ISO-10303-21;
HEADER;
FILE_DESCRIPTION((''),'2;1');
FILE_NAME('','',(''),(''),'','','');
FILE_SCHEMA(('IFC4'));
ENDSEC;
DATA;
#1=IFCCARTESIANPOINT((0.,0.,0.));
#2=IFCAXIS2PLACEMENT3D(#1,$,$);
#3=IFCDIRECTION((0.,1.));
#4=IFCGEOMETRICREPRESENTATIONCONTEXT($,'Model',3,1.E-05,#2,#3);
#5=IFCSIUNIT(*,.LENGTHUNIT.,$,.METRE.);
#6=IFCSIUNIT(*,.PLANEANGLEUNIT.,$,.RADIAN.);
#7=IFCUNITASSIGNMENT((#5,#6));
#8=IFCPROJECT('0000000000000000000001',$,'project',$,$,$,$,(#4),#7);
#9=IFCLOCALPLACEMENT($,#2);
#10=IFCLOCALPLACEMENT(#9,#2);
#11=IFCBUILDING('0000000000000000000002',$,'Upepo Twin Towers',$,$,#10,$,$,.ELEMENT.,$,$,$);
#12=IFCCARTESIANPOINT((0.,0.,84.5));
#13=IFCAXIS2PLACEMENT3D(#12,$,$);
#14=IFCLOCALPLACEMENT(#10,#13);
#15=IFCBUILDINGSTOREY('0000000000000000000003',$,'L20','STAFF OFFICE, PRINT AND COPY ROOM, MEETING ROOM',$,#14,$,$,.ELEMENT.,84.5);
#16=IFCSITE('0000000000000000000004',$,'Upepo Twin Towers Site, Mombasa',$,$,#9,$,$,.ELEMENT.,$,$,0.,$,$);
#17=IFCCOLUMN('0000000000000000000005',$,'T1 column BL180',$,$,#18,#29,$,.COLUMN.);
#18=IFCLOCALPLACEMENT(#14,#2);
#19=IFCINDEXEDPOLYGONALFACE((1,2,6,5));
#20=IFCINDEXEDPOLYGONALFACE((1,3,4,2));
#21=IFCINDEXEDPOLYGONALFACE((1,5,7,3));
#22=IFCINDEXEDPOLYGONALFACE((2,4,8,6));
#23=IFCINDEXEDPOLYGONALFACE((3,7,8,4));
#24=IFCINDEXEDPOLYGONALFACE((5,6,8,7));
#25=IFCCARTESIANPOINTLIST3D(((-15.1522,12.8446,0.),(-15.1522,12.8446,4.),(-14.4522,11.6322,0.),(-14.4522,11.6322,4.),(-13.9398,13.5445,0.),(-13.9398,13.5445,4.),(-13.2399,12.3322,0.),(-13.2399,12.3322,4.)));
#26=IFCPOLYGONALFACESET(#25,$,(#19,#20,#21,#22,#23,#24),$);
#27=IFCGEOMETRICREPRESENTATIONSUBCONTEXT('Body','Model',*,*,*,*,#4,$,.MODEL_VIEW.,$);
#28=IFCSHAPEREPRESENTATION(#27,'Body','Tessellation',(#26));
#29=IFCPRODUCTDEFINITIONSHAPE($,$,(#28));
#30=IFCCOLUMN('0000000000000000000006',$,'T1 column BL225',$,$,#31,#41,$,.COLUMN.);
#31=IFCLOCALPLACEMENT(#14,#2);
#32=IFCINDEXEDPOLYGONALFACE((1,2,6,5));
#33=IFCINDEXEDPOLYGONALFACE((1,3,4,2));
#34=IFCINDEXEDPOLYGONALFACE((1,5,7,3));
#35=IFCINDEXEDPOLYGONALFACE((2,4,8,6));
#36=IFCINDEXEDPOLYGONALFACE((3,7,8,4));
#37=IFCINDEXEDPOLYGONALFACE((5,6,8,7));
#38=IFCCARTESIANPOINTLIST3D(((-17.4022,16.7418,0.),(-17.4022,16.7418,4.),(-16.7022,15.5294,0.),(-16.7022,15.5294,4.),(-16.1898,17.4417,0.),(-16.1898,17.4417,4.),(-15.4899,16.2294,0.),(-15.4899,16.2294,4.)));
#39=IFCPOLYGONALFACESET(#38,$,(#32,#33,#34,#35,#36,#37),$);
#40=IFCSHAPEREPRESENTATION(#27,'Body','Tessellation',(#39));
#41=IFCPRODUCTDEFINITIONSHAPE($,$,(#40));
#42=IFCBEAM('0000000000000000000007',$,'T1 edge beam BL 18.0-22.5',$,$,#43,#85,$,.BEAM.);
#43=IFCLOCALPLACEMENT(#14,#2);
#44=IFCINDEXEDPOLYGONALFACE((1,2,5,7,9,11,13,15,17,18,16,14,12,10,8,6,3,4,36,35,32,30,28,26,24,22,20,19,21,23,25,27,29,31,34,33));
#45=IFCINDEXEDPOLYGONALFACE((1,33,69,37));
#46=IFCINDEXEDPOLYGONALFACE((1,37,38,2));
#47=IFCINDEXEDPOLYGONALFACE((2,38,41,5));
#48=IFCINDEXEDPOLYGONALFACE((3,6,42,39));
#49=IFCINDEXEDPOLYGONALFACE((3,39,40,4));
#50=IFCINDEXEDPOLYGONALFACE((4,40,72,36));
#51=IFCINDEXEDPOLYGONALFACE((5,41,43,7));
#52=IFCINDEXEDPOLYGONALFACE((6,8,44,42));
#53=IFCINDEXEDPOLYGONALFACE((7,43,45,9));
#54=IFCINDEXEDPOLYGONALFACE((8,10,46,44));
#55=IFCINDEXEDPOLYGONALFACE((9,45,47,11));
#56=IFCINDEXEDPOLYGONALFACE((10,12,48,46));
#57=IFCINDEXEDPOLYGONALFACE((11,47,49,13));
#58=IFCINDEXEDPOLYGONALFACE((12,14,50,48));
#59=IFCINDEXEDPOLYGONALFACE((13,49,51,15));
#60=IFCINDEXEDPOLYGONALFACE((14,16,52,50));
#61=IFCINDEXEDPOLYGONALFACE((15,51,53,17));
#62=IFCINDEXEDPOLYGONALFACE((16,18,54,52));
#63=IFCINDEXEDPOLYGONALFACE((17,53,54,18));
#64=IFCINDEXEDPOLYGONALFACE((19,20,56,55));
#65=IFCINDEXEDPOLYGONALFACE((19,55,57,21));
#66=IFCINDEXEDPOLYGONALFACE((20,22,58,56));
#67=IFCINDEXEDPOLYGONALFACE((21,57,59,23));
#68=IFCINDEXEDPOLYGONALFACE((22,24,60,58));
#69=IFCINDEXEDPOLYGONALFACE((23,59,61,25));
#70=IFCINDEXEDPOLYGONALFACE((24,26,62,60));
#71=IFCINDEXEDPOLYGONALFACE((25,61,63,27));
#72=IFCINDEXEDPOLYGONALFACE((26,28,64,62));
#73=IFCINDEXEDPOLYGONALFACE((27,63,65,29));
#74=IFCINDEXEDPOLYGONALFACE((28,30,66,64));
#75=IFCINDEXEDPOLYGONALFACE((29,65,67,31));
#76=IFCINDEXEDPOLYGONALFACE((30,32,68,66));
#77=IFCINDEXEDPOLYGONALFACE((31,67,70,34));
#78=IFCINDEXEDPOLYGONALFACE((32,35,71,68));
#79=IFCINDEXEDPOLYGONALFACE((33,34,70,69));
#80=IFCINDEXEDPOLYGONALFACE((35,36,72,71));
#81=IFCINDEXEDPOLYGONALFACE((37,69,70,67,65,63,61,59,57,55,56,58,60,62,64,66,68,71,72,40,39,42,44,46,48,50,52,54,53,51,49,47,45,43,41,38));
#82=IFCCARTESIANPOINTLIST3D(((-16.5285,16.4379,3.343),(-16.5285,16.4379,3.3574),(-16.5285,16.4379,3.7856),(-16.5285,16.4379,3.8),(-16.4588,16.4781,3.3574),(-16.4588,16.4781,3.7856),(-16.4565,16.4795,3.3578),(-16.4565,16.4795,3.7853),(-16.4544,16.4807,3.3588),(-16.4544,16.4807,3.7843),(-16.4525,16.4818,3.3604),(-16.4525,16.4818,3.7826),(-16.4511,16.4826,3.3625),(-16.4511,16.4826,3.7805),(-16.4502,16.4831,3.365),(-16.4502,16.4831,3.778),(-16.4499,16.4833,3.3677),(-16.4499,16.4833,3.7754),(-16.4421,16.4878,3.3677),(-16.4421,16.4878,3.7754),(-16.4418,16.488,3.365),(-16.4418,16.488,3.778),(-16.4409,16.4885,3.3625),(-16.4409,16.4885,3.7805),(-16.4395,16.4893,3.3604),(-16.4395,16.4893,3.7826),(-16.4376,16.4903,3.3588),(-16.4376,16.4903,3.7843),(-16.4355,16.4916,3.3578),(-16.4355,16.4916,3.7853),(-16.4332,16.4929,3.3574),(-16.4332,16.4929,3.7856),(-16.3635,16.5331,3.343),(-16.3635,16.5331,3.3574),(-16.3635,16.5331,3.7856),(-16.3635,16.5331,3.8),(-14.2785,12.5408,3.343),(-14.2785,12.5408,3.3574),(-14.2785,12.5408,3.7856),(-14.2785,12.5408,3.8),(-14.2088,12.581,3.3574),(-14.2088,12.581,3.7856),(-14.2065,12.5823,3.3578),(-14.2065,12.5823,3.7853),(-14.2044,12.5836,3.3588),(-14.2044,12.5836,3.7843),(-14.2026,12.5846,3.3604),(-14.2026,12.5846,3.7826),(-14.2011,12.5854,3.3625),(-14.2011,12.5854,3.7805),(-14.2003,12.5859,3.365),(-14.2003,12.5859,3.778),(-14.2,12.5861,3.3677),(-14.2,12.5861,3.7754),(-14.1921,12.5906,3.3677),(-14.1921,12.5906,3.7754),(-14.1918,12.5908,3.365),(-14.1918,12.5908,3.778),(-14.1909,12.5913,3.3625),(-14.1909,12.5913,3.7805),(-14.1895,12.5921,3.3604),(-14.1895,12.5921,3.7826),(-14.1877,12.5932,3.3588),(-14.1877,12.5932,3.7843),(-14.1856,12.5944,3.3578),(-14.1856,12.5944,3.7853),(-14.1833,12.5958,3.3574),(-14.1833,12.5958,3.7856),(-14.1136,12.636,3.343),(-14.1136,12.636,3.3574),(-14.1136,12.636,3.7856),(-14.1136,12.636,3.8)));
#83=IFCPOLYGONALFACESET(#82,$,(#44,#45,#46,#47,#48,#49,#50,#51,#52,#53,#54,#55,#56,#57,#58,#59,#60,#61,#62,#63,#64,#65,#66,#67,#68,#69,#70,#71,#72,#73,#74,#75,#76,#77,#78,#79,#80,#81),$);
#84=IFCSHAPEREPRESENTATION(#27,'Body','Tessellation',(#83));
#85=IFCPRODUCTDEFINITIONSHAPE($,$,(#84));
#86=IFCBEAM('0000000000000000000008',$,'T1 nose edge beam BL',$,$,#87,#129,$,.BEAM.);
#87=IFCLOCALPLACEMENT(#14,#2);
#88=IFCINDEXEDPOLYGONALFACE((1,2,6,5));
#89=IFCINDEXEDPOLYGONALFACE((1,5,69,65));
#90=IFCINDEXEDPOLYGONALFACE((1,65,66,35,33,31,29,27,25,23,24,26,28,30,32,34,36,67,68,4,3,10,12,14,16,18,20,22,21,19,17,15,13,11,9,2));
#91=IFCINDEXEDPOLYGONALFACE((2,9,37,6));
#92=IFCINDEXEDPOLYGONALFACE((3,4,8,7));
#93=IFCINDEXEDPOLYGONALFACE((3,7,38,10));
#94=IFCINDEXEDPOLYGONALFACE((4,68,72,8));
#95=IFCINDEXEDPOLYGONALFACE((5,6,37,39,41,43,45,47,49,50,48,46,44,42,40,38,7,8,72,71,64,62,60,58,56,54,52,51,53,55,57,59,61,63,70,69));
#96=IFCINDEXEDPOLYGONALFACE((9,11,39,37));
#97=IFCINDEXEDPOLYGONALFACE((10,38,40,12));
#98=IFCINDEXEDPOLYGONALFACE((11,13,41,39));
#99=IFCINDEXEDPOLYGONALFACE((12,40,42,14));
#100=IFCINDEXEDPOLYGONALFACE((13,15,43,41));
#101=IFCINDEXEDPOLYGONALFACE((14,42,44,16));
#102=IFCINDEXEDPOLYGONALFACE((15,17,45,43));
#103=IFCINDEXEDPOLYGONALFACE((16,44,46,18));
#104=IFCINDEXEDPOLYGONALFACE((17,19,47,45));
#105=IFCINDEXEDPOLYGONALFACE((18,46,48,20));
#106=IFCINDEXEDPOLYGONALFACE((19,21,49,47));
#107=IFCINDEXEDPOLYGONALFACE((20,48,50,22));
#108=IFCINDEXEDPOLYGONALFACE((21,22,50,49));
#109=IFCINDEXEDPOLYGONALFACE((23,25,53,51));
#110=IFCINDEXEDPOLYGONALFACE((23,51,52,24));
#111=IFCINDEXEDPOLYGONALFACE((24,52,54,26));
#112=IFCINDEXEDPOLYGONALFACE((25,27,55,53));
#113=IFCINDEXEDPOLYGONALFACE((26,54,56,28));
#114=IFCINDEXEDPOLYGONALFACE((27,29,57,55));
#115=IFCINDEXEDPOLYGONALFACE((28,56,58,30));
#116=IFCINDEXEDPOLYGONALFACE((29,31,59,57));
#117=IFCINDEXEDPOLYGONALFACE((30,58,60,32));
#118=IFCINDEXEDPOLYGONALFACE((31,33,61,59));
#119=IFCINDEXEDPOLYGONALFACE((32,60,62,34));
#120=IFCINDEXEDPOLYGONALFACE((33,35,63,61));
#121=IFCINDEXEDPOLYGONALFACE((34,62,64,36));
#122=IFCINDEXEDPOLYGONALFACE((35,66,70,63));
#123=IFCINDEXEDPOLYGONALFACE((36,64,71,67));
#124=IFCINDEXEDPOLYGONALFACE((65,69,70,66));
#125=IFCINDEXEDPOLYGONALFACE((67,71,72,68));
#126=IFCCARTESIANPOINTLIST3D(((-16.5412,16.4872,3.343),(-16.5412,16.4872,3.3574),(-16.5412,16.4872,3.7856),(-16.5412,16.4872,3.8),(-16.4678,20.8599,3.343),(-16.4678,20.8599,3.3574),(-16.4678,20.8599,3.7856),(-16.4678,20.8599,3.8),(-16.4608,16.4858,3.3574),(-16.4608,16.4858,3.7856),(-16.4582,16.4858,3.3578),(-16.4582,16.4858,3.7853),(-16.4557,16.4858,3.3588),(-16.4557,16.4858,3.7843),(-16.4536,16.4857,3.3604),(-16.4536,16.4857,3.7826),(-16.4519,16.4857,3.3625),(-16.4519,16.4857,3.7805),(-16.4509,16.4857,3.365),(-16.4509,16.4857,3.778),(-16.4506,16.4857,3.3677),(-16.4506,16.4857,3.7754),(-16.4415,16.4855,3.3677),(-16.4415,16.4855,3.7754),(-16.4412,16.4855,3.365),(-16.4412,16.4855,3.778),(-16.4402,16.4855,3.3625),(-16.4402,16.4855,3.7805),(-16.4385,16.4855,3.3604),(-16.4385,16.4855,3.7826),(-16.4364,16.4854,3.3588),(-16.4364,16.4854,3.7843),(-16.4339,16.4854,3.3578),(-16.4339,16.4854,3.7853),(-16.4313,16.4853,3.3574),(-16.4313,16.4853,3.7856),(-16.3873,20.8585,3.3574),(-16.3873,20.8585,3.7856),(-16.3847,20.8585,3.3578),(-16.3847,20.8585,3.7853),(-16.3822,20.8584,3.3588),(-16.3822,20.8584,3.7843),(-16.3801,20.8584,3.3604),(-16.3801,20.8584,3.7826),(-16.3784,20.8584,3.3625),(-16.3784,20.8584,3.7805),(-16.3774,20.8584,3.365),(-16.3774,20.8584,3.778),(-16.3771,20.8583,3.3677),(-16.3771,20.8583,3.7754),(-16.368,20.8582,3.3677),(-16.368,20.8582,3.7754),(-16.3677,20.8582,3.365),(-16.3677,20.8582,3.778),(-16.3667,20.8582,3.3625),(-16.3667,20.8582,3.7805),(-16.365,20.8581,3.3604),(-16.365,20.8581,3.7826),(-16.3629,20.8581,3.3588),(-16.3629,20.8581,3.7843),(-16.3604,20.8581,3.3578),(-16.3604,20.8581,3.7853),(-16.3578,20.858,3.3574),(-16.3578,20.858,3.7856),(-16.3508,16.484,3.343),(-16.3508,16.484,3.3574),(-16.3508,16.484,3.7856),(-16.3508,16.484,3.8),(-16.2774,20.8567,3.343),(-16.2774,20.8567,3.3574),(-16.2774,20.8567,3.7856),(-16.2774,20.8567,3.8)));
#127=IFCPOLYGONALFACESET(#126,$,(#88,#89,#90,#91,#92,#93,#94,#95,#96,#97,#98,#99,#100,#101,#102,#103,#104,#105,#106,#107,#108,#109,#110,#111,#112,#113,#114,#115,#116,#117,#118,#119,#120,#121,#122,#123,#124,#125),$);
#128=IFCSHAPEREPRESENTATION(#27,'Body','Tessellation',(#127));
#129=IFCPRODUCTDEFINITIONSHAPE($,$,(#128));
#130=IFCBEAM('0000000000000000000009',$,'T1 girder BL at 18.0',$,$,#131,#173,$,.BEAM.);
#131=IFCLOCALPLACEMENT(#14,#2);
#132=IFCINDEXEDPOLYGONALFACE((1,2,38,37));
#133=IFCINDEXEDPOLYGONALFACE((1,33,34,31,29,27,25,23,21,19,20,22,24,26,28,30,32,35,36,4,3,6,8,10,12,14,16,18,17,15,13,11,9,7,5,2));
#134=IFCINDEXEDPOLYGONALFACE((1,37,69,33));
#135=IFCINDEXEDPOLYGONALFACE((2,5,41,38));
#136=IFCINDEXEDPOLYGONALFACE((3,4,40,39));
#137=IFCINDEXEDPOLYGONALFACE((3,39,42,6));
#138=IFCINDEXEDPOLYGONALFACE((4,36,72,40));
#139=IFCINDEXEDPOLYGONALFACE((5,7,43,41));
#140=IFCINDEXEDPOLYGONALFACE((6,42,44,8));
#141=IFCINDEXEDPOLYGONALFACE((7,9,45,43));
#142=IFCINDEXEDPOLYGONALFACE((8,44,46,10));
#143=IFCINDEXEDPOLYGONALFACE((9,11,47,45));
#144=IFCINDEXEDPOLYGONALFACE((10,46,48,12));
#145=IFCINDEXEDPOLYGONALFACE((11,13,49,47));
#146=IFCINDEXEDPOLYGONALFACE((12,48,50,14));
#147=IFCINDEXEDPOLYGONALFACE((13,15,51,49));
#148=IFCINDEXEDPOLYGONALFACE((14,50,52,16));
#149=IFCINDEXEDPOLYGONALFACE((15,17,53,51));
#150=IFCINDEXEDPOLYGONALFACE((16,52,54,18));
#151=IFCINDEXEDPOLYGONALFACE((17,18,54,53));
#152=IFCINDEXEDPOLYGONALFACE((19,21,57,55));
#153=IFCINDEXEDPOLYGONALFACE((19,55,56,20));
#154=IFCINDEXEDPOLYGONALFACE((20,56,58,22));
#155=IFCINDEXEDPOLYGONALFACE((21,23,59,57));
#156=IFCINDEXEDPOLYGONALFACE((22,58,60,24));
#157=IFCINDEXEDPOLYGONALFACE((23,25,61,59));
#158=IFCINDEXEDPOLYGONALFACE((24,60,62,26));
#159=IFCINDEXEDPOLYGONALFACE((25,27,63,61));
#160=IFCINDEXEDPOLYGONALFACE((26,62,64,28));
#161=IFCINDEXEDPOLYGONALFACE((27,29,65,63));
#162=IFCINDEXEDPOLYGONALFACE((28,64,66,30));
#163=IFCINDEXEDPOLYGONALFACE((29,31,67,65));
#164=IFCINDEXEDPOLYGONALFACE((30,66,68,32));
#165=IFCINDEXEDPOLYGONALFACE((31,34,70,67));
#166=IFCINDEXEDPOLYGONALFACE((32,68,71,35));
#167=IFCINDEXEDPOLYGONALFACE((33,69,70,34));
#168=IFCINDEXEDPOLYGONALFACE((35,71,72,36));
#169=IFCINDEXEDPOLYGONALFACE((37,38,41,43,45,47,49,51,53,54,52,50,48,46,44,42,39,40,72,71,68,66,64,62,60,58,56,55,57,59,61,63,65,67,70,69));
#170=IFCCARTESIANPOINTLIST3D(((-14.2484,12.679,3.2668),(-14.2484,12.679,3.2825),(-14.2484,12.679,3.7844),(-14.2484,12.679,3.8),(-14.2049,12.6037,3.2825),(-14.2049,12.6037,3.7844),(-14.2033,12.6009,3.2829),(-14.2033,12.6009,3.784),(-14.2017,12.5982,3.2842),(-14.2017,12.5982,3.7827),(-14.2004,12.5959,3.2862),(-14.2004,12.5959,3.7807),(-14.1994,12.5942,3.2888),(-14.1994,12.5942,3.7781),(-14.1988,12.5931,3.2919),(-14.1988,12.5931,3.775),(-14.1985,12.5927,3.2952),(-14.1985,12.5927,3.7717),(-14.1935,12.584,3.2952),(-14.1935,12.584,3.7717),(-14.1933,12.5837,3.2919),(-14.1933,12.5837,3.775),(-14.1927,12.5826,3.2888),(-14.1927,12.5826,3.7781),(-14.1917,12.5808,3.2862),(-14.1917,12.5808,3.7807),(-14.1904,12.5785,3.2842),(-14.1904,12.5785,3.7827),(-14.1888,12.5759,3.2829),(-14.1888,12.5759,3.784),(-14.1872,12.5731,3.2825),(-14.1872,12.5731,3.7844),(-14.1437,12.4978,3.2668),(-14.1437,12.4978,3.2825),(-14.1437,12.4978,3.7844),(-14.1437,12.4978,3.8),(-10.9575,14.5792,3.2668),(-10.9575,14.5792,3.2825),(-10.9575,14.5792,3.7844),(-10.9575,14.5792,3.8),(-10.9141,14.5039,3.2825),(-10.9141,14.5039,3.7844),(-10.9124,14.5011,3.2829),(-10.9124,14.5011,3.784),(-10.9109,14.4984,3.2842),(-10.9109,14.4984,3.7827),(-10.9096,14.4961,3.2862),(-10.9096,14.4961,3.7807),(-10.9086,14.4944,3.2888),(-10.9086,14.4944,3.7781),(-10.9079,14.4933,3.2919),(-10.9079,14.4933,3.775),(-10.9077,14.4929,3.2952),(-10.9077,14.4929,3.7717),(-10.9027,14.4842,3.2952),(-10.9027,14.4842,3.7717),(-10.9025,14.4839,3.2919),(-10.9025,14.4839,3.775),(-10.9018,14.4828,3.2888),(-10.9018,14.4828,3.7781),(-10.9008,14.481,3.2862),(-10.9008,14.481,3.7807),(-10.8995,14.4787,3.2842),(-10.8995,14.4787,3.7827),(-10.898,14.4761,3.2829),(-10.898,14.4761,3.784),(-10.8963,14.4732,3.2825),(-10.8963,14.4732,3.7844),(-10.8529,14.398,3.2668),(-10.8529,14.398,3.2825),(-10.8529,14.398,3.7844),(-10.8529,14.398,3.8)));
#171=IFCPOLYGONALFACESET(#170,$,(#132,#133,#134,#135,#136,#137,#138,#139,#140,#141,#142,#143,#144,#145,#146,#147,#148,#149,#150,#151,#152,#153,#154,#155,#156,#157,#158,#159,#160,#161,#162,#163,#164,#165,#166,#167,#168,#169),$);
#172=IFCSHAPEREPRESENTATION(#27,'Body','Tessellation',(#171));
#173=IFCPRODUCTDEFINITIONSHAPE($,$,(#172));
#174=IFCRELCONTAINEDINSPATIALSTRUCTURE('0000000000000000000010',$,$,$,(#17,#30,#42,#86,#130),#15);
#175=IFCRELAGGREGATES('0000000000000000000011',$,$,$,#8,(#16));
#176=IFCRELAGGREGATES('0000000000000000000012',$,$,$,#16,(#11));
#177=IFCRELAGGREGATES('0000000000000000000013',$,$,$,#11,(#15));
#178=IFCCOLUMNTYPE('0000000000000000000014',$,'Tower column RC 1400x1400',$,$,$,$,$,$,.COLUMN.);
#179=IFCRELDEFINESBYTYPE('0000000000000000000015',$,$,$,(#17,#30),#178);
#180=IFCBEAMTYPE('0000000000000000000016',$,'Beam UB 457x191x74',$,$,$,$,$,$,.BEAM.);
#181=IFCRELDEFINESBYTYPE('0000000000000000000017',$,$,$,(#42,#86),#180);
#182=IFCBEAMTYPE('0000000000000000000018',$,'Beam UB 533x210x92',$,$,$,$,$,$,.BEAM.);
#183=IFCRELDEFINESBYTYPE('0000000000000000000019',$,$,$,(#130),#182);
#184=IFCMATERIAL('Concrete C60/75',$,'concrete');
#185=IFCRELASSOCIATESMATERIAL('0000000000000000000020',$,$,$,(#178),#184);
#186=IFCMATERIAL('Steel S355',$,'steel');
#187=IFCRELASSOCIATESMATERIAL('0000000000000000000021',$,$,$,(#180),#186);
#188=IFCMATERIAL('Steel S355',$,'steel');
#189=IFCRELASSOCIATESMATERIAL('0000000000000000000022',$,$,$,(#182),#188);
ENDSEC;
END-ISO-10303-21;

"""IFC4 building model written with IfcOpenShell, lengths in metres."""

from ifc_helpers import new_model, si_unit, direction, frame, origin, origin_2d, place, context, subcontext, project, spatial, rectangle, i_section, extrude, material, material_profile, profile_set, type_object, element, save


model = new_model("IFC4")

# Units and contexts
model_context = context("Model", 3, precision=1e-05, world=origin(), true_north=direction((0.0, 1.0)))
body_context = subcontext(model_context, "Body", "Model", "MODEL_VIEW")
ifc_project = project(units=[si_unit("LENGTHUNIT", "METRE"), si_unit("PLANEANGLEUNIT", "RADIAN")], contexts=[model_context])

# Site, building, storey
site_placement = place(None, origin())
site = spatial("IfcSite", under=ifc_project, at=site_placement, Name="Upepo Twin Towers Site, Mombasa", CompositionType="ELEMENT", RefElevation=0.0)
building_placement = place(site_placement, origin())
building = spatial("IfcBuilding", under=site, at=building_placement, Name="Upepo Twin Towers", CompositionType="ELEMENT")
storey_placement = place(building_placement, frame((0.0, 0.0, 84.5)))
storey = spatial("IfcBuildingStorey", under=building, at=storey_placement, Name="L20", Description="STAFF OFFICE, PRINT AND COPY ROOM, MEETING ROOM", CompositionType="ELEMENT", Elevation=84.5)

# Columns
ifc_material_1 = material(Name="Concrete C60/75", Category="concrete")
ifc_material_profile_1 = material_profile(ifc_material_1, rectangle(XDim=1.3999, YDim=1.3999, at=origin_2d()), Name="RC 1400x1400")
ifc_profile_set_1 = profile_set([ifc_material_profile_1], Name="Concrete C60/75")
column_type = type_object("IfcColumnType", Name="Tower column RC 1400x1400", PredefinedType="COLUMN", material=ifc_profile_set_1)
for number, where, z_axis, x_axis, name in (
    (1, (-14.196, 12.5884, 0.0), (0.0, 0.0, 1.0), (0.866025, 0.5, 0.0), "T1 column BL180"),
    (2, (-16.446, 16.4856, 0.0), (0.0, 0.0, 1.0), (0.866025, 0.5, 0.0), "T1 column BL225"),
):
    element("IfcColumn", number, at=place(storey_placement, frame(where, z_axis=z_axis, x_axis=x_axis)), inside=storey, type_object=column_type, Name=name, PredefinedType="COLUMN", context=body_context, shape_type="SweptSolid", body=[
        extrude(rectangle(XDim=1.3999, YDim=1.3999, at=origin_2d()), origin(), (0.0, 0.0, 1.0), 4.0),
    ])

# Beams
ifc_material_2 = material(Name="Steel S355", Category="steel")
ifc_material_profile_2 = material_profile(ifc_material_2, i_section(OverallWidth=0.1904, OverallDepth=0.457, WebThickness=0.009, FlangeThickness=0.0144, FilletRadius=0.0103, at=origin_2d()), Name="UB 457x191x74")
ifc_profile_set_2 = profile_set([ifc_material_profile_2], Name="Steel S355")
beam_type_1 = type_object("IfcBeamType", Name="Beam UB 457x191x74", PredefinedType="BEAM", material=ifc_profile_set_2)
beam_1_placement = place(storey_placement, frame((-14.196, 12.5884, 3.5715), z_axis=(-0.49999, 0.866031, 0.0), x_axis=(-0.866031, -0.49999, 0.0)))
element("IfcBeam", 3, at=beam_1_placement, inside=storey, type_object=beam_type_1, Name="T1 edge beam BL 18.0-22.5", PredefinedType="BEAM", context=body_context, shape_type="SweptSolid", body=[
    extrude(i_section(OverallWidth=0.1904, OverallDepth=0.457, WebThickness=0.009, FlangeThickness=0.0144, FilletRadius=0.0103, at=origin_2d()), origin(), (0.0, 0.0, 1.0), 4.5),
])
beam_2_placement = place(storey_placement, frame((-16.446, 16.4856, 3.5715), z_axis=(0.016804, 0.999859, 0.0), x_axis=(-0.999859, 0.016804, 0.0)))
element("IfcBeam", 4, at=beam_2_placement, inside=storey, type_object=beam_type_1, Name="T1 nose edge beam BL", PredefinedType="BEAM", context=body_context, shape_type="SweptSolid", body=[
    extrude(i_section(OverallWidth=0.1904, OverallDepth=0.457, WebThickness=0.009, FlangeThickness=0.0144, FilletRadius=0.0103, at=origin_2d()), origin(), (0.0, 0.0, 1.0), 4.3733),
])
ifc_material_3 = material(Name="Steel S355", Category="steel")
ifc_material_profile_3 = material_profile(ifc_material_3, i_section(OverallWidth=0.2092, OverallDepth=0.5332, WebThickness=0.01, FlangeThickness=0.0156, FilletRadius=0.0127, at=origin_2d()), Name="UB 533x210x92")
ifc_profile_set_3 = profile_set([ifc_material_profile_3], Name="Steel S355")
beam_type_2 = type_object("IfcBeamType", Name="Beam UB 533x210x92", PredefinedType="BEAM", material=ifc_profile_set_3)
beam_3_placement = place(storey_placement, frame((-14.196, 12.5884, 3.5334), z_axis=(0.866, 0.500043, 0.0), x_axis=(-0.500043, 0.866, 0.0)))
element("IfcBeam", 5, at=beam_3_placement, inside=storey, type_object=beam_type_2, Name="T1 girder BL at 18.0", PredefinedType="BEAM", context=body_context, shape_type="SweptSolid", body=[
    extrude(i_section(OverallWidth=0.2092, OverallDepth=0.5332, WebThickness=0.01, FlangeThickness=0.0156, FilletRadius=0.0127, at=origin_2d()), origin(), (0.0, 0.0, 1.0), 3.8),
])

save(model, "model.ifc")
